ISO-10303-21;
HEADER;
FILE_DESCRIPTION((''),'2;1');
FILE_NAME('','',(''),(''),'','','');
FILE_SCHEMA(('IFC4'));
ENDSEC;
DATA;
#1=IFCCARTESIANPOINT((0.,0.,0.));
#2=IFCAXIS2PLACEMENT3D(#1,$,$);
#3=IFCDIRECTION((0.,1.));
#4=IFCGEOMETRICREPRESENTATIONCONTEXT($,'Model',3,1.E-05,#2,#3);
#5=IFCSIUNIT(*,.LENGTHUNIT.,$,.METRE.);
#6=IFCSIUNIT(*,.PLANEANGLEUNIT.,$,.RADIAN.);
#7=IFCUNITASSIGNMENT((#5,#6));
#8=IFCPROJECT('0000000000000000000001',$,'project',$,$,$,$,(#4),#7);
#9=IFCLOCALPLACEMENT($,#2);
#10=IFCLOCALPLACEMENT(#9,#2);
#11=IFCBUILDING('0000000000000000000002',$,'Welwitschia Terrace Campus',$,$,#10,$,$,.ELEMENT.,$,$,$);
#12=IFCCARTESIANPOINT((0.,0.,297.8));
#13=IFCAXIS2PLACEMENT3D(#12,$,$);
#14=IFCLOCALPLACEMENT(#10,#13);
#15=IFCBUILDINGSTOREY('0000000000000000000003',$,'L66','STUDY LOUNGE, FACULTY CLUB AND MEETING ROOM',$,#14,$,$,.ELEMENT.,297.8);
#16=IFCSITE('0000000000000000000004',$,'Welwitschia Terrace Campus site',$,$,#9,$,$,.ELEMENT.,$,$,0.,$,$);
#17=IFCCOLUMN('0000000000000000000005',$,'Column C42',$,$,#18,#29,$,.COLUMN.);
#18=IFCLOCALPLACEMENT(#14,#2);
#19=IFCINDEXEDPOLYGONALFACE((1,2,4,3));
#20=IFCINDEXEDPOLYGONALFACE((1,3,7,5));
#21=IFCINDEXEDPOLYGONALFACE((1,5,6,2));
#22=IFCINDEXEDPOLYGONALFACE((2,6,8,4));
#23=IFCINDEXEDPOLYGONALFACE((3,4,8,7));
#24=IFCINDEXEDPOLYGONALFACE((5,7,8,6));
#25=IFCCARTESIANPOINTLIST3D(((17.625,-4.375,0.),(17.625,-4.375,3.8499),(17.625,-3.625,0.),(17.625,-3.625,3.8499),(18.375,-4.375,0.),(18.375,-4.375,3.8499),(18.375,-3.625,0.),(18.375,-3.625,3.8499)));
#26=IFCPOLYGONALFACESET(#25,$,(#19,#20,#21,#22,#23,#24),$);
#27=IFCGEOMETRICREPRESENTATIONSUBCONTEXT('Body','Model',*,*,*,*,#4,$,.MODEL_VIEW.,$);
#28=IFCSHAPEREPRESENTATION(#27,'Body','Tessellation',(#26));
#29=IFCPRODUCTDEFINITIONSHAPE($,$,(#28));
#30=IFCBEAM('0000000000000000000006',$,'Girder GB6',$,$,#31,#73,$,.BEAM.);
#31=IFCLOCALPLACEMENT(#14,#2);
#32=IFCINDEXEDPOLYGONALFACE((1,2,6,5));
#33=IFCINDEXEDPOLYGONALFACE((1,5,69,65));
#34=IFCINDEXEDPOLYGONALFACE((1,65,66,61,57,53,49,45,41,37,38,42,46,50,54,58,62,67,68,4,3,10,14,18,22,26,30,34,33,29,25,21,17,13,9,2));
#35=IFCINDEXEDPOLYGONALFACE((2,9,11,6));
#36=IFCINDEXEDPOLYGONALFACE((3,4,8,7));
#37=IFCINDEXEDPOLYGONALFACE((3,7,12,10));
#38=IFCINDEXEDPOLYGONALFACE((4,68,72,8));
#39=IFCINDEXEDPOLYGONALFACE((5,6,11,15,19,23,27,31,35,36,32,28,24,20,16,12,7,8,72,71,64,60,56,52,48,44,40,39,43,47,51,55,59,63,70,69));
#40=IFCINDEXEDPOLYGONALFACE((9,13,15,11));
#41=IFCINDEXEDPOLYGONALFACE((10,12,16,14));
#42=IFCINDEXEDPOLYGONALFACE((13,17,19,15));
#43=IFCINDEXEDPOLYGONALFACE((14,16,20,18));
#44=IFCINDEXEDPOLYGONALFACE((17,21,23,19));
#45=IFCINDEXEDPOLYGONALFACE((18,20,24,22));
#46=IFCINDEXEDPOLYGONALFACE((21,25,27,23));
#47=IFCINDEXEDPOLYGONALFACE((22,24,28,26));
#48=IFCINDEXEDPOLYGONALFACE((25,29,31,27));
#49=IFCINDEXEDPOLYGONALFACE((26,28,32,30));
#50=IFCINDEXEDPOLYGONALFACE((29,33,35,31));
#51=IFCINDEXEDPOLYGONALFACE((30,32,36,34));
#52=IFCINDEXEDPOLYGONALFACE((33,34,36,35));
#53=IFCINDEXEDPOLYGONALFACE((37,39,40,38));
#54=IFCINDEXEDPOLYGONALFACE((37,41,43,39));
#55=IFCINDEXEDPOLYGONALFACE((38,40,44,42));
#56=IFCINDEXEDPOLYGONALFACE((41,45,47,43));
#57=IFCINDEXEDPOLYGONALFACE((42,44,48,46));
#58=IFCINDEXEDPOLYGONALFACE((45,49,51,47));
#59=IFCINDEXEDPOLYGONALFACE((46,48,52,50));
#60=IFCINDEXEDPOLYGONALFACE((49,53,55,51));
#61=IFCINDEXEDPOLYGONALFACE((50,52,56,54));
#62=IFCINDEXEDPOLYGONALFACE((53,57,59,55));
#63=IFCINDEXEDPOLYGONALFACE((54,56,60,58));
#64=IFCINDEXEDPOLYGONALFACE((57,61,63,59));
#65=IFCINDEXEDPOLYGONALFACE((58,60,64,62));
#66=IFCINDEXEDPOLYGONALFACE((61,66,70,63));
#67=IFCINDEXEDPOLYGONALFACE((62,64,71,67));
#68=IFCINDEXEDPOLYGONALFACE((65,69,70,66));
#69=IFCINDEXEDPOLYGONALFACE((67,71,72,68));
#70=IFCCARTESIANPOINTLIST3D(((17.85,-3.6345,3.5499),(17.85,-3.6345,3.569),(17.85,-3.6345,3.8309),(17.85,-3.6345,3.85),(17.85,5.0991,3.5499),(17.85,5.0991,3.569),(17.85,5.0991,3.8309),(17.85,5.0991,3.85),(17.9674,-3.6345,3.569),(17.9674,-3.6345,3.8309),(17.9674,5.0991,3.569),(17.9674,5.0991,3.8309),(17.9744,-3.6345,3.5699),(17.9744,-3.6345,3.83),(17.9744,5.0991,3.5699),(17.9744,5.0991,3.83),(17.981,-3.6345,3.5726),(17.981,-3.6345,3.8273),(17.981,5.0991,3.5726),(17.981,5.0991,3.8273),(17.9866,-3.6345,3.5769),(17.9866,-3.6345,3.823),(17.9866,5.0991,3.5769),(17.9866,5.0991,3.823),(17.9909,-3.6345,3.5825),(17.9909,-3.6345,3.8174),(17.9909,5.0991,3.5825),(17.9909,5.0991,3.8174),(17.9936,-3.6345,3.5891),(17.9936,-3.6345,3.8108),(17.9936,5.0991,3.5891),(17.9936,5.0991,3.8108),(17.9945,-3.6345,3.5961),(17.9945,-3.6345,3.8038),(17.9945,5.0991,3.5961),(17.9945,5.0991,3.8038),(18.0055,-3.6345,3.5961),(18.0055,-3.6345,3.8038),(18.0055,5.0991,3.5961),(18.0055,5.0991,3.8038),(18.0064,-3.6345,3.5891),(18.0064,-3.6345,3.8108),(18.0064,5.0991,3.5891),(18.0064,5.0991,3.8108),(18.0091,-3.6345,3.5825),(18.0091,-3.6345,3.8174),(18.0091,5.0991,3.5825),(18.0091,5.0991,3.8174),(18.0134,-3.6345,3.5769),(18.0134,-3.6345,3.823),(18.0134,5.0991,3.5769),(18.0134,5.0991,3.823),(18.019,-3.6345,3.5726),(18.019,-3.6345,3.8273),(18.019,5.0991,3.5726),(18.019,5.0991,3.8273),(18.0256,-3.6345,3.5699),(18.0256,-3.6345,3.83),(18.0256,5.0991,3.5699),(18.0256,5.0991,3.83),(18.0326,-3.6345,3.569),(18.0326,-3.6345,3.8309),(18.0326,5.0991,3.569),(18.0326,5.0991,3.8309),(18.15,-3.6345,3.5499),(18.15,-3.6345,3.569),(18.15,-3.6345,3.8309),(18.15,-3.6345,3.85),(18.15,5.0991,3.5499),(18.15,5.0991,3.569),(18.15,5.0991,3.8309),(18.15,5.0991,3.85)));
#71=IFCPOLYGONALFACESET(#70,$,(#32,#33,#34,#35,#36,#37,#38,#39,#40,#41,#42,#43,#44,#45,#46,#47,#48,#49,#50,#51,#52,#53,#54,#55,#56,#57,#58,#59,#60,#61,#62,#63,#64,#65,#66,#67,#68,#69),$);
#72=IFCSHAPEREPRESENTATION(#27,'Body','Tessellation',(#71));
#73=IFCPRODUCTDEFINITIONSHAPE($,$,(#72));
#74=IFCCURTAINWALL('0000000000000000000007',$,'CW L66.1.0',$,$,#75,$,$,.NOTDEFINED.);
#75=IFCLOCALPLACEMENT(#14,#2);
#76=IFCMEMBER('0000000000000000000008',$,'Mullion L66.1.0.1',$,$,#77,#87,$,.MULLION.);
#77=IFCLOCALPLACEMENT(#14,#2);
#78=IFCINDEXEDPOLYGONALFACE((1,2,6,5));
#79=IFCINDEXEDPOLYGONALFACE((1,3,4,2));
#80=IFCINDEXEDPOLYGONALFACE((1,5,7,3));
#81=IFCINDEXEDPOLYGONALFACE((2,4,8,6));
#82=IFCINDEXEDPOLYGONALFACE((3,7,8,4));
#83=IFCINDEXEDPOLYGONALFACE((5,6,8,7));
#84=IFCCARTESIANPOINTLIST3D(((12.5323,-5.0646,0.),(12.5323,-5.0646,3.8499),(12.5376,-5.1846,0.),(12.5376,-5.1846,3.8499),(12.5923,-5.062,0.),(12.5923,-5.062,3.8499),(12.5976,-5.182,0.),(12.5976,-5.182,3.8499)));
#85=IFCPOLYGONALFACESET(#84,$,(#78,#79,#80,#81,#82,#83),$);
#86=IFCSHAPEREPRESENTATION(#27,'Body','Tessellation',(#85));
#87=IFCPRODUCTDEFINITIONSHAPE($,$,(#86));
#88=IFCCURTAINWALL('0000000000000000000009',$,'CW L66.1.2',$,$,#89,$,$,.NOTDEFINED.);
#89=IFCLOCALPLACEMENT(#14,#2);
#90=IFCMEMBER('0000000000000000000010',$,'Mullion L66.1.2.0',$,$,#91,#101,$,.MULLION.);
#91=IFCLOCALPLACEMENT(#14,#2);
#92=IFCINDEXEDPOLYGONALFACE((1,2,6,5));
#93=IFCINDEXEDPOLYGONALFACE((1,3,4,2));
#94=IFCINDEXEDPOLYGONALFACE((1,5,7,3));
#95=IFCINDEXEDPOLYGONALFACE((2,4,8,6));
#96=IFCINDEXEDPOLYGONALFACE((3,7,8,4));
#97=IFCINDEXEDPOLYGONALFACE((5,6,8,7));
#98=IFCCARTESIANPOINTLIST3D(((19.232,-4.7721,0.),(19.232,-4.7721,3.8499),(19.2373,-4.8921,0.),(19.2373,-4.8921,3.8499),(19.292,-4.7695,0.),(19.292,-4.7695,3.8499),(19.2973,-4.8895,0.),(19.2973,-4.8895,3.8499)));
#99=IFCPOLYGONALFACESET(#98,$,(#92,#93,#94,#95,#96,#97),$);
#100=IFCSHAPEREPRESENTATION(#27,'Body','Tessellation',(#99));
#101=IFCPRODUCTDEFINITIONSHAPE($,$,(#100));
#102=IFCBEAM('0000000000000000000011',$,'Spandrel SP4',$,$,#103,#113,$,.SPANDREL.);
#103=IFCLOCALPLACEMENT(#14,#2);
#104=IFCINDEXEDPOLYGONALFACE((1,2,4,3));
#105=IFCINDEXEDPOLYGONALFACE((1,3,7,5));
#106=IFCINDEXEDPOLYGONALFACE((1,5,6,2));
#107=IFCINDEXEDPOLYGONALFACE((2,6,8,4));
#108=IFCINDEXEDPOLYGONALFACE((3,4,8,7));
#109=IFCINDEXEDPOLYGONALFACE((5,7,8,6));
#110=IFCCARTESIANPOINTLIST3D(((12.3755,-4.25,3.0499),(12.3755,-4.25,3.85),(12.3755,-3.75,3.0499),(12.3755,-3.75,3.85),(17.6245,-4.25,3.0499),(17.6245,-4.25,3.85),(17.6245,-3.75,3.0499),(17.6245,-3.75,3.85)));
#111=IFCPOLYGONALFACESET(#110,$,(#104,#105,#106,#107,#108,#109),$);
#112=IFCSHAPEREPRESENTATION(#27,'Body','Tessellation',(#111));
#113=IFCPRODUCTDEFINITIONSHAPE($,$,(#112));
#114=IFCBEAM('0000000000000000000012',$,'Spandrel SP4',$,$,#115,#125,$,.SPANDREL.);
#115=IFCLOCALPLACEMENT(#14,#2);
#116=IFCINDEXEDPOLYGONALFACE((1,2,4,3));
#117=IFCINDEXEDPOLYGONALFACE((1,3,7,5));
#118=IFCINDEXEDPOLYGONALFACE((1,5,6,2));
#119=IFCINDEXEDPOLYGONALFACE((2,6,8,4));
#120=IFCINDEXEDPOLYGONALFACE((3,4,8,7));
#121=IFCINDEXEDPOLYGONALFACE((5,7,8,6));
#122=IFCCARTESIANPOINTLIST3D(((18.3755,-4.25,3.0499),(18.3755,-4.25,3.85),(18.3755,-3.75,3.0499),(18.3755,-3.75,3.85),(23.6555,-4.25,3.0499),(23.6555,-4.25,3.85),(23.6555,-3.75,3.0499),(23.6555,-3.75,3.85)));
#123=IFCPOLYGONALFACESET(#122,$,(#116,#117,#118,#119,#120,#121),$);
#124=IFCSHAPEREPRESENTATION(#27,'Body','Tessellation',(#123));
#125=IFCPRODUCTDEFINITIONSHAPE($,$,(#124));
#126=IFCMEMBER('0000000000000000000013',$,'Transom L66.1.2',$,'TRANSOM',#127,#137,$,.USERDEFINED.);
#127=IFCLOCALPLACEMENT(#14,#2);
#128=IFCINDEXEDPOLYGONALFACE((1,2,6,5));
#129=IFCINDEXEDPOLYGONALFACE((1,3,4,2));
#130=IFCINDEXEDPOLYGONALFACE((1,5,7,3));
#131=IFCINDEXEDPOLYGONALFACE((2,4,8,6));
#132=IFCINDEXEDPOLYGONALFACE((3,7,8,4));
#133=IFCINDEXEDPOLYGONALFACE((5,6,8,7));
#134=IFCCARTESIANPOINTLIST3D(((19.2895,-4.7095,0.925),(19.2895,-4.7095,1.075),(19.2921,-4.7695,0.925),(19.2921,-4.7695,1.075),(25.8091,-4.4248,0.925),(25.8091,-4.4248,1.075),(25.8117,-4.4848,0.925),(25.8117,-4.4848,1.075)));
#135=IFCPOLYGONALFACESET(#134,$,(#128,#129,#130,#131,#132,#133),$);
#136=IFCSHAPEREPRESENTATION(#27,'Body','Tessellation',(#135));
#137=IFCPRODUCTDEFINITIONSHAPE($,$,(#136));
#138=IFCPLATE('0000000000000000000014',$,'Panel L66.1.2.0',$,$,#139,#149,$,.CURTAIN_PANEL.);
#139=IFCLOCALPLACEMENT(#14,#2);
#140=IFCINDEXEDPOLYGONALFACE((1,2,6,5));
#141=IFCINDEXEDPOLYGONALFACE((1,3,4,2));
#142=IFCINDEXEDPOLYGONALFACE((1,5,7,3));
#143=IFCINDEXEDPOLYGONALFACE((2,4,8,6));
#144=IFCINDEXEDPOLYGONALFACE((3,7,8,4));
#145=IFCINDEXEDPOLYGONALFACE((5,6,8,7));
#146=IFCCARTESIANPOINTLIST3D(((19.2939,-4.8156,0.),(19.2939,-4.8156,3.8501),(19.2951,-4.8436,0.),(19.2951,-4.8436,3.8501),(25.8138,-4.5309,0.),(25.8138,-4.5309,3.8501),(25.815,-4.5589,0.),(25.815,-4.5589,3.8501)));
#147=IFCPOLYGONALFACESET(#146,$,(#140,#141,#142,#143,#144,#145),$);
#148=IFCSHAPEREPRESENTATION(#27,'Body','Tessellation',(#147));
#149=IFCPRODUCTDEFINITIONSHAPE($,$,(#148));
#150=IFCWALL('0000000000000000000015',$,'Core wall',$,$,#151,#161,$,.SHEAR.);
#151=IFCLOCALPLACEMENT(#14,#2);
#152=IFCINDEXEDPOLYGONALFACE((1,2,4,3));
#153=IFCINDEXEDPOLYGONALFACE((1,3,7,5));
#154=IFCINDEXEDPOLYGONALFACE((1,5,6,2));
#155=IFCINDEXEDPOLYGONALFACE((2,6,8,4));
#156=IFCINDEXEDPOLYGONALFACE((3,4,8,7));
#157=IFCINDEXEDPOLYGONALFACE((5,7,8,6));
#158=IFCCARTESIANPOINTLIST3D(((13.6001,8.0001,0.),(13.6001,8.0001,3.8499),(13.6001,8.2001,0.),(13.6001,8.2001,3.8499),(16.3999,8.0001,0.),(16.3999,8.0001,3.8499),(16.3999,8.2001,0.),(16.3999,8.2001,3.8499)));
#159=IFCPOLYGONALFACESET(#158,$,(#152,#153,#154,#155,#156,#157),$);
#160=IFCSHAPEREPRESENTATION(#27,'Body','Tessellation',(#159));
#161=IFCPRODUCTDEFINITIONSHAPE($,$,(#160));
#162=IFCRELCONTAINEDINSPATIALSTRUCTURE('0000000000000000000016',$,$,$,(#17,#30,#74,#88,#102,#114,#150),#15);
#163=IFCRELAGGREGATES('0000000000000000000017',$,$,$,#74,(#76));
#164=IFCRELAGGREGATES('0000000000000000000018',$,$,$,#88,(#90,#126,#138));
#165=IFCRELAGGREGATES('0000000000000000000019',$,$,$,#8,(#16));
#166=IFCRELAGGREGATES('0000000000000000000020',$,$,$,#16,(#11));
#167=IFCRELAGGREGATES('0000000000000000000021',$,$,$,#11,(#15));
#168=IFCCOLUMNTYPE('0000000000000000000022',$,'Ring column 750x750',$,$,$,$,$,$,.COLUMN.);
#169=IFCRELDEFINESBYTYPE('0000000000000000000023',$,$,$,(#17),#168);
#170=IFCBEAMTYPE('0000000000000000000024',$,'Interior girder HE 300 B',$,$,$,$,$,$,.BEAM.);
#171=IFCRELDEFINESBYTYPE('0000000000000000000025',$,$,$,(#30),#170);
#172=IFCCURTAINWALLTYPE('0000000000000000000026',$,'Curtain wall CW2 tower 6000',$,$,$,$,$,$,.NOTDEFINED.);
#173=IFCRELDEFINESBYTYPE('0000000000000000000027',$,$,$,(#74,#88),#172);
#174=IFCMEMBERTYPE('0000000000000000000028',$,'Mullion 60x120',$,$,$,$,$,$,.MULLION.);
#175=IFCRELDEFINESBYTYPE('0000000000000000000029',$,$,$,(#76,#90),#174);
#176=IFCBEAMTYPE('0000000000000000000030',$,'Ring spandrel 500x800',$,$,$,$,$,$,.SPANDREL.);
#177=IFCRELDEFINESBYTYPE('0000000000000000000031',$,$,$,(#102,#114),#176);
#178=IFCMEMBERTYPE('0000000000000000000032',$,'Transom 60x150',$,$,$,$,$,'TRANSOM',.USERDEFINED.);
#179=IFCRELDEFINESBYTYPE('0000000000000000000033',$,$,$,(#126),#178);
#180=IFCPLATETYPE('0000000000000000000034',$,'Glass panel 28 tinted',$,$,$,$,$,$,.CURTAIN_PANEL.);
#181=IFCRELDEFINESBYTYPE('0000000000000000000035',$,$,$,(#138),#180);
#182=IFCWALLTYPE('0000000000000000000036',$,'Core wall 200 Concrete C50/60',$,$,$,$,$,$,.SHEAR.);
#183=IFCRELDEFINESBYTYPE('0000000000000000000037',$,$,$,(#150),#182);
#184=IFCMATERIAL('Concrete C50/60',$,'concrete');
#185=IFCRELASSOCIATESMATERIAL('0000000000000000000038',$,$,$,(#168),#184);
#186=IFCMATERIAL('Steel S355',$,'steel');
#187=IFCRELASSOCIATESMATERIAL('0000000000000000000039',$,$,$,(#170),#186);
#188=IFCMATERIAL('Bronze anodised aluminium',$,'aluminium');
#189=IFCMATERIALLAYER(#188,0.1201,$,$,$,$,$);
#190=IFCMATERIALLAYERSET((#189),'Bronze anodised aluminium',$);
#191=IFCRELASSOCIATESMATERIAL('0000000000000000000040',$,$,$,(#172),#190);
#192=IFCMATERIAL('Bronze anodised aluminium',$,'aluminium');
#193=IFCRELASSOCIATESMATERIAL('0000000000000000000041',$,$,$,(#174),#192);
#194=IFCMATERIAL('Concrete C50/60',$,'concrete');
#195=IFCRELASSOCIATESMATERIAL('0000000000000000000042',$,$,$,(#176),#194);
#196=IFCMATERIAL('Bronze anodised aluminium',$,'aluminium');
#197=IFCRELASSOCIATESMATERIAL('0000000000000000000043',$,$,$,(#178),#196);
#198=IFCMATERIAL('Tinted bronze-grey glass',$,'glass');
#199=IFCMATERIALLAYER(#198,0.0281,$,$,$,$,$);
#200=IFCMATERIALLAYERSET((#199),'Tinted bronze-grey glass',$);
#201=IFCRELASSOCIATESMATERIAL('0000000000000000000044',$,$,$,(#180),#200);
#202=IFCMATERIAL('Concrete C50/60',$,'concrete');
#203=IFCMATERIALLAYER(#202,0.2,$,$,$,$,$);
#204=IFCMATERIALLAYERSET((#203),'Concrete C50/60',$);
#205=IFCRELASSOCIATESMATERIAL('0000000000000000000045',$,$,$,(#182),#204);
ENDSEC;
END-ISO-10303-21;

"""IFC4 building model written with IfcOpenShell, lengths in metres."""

from ifc_helpers import new_model, si_unit, direction, frame, frame_2d, origin, origin_2d, place, context, subcontext, project, spatial, rectangle, i_section, extrude, material, layer, layer_set, material_profile, profile_set, type_object, element, aggregate, save


model = new_model("IFC4")

# Units and contexts
model_context = context("Model", 3, precision=1e-05, world=origin(), true_north=direction((0.0, 1.0)))
body_context = subcontext(model_context, "Body", "Model", "MODEL_VIEW")
ifc_project = project(units=[si_unit("LENGTHUNIT", "METRE"), si_unit("PLANEANGLEUNIT", "RADIAN")], contexts=[model_context])

# Site, building, storey
site_placement = place(None, origin())
site = spatial("IfcSite", under=ifc_project, at=site_placement, Name="Welwitschia Terrace Campus site", CompositionType="ELEMENT", RefElevation=0.0)
building_placement = place(site_placement, origin())
building = spatial("IfcBuilding", under=site, at=building_placement, Name="Welwitschia Terrace Campus", CompositionType="ELEMENT")
storey_placement = place(building_placement, frame((0.0, 0.0, 297.8)))
storey = spatial("IfcBuildingStorey", under=building, at=storey_placement, Name="L66", Description="STUDY LOUNGE, FACULTY CLUB AND MEETING ROOM", CompositionType="ELEMENT", Elevation=297.8)

# Column
ifc_material_1 = material(Name="Concrete C50/60", Category="concrete")
ifc_material_profile_1 = material_profile(ifc_material_1, rectangle(XDim=0.75, YDim=0.75, at=origin_2d()))
ifc_profile_set_1 = profile_set([ifc_material_profile_1], Name="Concrete C50/60")
column_type = type_object("IfcColumnType", Name="Ring column 750x750", PredefinedType="COLUMN", material=ifc_profile_set_1)
column_placement = place(storey_placement, frame((18.0, -4.0, 0.0), z_axis=(0.0, 0.0, 1.0), x_axis=(1.0, 0.0, 0.0)))
element("IfcColumn", 1, at=column_placement, inside=storey, type_object=column_type, Name="Column C42", PredefinedType="COLUMN", context=body_context, shape_type="SweptSolid", body=[
    extrude(rectangle(XDim=0.75, YDim=0.75, at=origin_2d()), origin(), (0.0, 0.0, 1.0), 3.8499),
])

# Beam
ifc_material_2 = material(Name="Steel S355", Category="steel")
ifc_material_profile_2 = material_profile(ifc_material_2, i_section(OverallWidth=0.3, OverallDepth=0.3, WebThickness=0.011, FlangeThickness=0.019, FilletRadius=0.0271, at=origin_2d()))
ifc_profile_set_2 = profile_set([ifc_material_profile_2], Name="Steel S355")
beam_type_1 = type_object("IfcBeamType", Name="Interior girder HE 300 B", PredefinedType="BEAM", material=ifc_profile_set_2)
beam_1_placement = place(storey_placement, frame((18.0, -3.6345, 3.7), z_axis=(0.0, 1.0, 0.0), x_axis=(-1.0, 0.0, 0.0)))
element("IfcBeam", 2, at=beam_1_placement, inside=storey, type_object=beam_type_1, Name="Girder GB6", PredefinedType="BEAM", context=body_context, shape_type="SweptSolid", body=[
    extrude(i_section(OverallWidth=0.3, OverallDepth=0.3, WebThickness=0.011, FlangeThickness=0.019, FilletRadius=0.0271, at=origin_2d()), origin(), (0.0, 0.0, 1.0), 8.7336),
])

# Curtain walls, members
ifc_material_3 = material(Name="Bronze anodised aluminium", Category="aluminium")
ifc_layer_1 = layer(ifc_material_3, 0.1201)
ifc_layer_set_1 = layer_set([ifc_layer_1], Name="Bronze anodised aluminium")
curtain_wall_type = type_object("IfcCurtainWallType", Name="Curtain wall CW2 tower 6000", PredefinedType="NOTDEFINED", material=ifc_layer_set_1)
curtain_wall_1_placement = place(storey_placement, origin())
curtain_wall_1 = element("IfcCurtainWall", 3, at=curtain_wall_1_placement, inside=storey, type_object=curtain_wall_type, Name="CW L66.1.0", PredefinedType="NOTDEFINED")
ifc_material_4 = material(Name="Bronze anodised aluminium", Category="aluminium")
ifc_material_profile_3 = material_profile(ifc_material_4, rectangle(XDim=0.1201, YDim=0.0601, at=origin_2d()))
ifc_profile_set_3 = profile_set([ifc_material_profile_3], Name="Bronze anodised aluminium")
member_type_1 = type_object("IfcMemberType", Name="Mullion 60x120", PredefinedType="MULLION", material=ifc_profile_set_3)
member_1_placement = place(storey_placement, frame((12.5649, -5.1233, 0.0), z_axis=(0.0, 0.0, 1.0), x_axis=(-0.043619, 0.999048, 0.0)))
member_1 = element("IfcMember", 4, at=member_1_placement, type_object=member_type_1, Name="Mullion L66.1.0.1", PredefinedType="MULLION", context=body_context, shape_type="SweptSolid", body=[
    extrude(rectangle(XDim=0.1201, YDim=0.0601, at=origin_2d()), origin(), (0.0, 0.0, 1.0), 3.8499),
])
aggregate(curtain_wall_1, [member_1])
curtain_wall_2_placement = place(storey_placement, origin())
curtain_wall_2 = element("IfcCurtainWall", 5, at=curtain_wall_2_placement, inside=storey, type_object=curtain_wall_type, Name="CW L66.1.2", PredefinedType="NOTDEFINED")
member_2_placement = place(storey_placement, frame((19.2646, -4.8308, 0.0), z_axis=(0.0, 0.0, 1.0), x_axis=(-0.043619, 0.999048, 0.0)))
member_2 = element("IfcMember", 6, at=member_2_placement, type_object=member_type_1, Name="Mullion L66.1.2.0", PredefinedType="MULLION", context=body_context, shape_type="SweptSolid", body=[
    extrude(rectangle(XDim=0.1201, YDim=0.0601, at=origin_2d()), origin(), (0.0, 0.0, 1.0), 3.8499),
])

# Beams
ifc_material_5 = material(Name="Concrete C50/60", Category="concrete")
ifc_material_profile_4 = material_profile(ifc_material_5, rectangle(XDim=0.5, YDim=0.8, at=origin_2d()))
ifc_profile_set_4 = profile_set([ifc_material_profile_4], Name="Concrete C50/60")
beam_type_2 = type_object("IfcBeamType", Name="Ring spandrel 500x800", PredefinedType="SPANDREL", material=ifc_profile_set_4)
beam_2_placement = place(storey_placement, frame((12.3755, -4.0, 3.45), z_axis=(1.0, 0.0, 0.0), x_axis=(0.0, 1.0, 0.0)))
element("IfcBeam", 7, at=beam_2_placement, inside=storey, type_object=beam_type_2, Name="Spandrel SP4", PredefinedType="SPANDREL", context=body_context, shape_type="SweptSolid", body=[
    extrude(rectangle(XDim=0.5, YDim=0.8, at=origin_2d()), origin(), (0.0, 0.0, 1.0), 5.249),
])
beam_3_placement = place(storey_placement, frame((18.3755, -4.0, 3.45), z_axis=(1.0, 0.0, 0.0), x_axis=(0.0, 1.0, 0.0)))
element("IfcBeam", 8, at=beam_3_placement, inside=storey, type_object=beam_type_2, Name="Spandrel SP4", PredefinedType="SPANDREL", context=body_context, shape_type="SweptSolid", body=[
    extrude(rectangle(XDim=0.5, YDim=0.8, at=origin_2d()), origin(), (0.0, 0.0, 1.0), 5.28),
])

# Member
ifc_material_6 = material(Name="Bronze anodised aluminium", Category="aluminium")
ifc_material_profile_5 = material_profile(ifc_material_6, rectangle(XDim=0.0601, YDim=0.1499, at=origin_2d()))
ifc_profile_set_5 = profile_set([ifc_material_profile_5], Name="Bronze anodised aluminium")
member_type_2 = type_object("IfcMemberType", Name="Transom 60x150", ElementType="TRANSOM", PredefinedType="USERDEFINED", material=ifc_profile_set_5)
member_3_placement = place(storey_placement, frame((19.2908, -4.7395, 1.0), z_axis=(0.999048, 0.043621, 0.0), x_axis=(-0.043621, 0.999048, 0.0)))
member_3 = element("IfcMember", 9, at=member_3_placement, type_object=member_type_2, Name="Transom L66.1.2", ObjectType="TRANSOM", PredefinedType="USERDEFINED", context=body_context, shape_type="SweptSolid", body=[
    extrude(rectangle(XDim=0.0601, YDim=0.1499, at=origin_2d()), origin(), (0.0, 0.0, 1.0), 6.5259),
])

# Plate
ifc_material_7 = material(Name="Tinted bronze-grey glass", Category="glass")
ifc_layer_2 = layer(ifc_material_7, 0.0281)
ifc_layer_set_2 = layer_set([ifc_layer_2], Name="Tinted bronze-grey glass")
plate_type = type_object("IfcPlateType", Name="Glass panel 28 tinted", PredefinedType="CURTAIN_PANEL", material=ifc_layer_set_2)
plate_placement = place(storey_placement, frame((22.5544, -4.6873, 0.0), z_axis=(0.0, 0.0, 1.0), x_axis=(0.999048, 0.043619, 0.0)))
plate = element("IfcPlate", 10, at=plate_placement, type_object=plate_type, Name="Panel L66.1.2.0", PredefinedType="CURTAIN_PANEL", context=body_context, shape_type="SweptSolid", body=[
    extrude(rectangle(XDim=6.5261, YDim=0.0281, at=origin_2d()), origin(), (0.0, 0.0, 1.0), 3.8501),
])
aggregate(curtain_wall_2, [member_2, member_3, plate])

# Wall
ifc_material_8 = material(Name="Concrete C50/60", Category="concrete")
ifc_layer_3 = layer(ifc_material_8, 0.2)
ifc_layer_set_3 = layer_set([ifc_layer_3], Name="Concrete C50/60")
wall_type_1 = type_object("IfcWallType", Name="Core wall 200 Concrete C50/60", PredefinedType="SHEAR", material=ifc_layer_set_3)
wall_1_placement = place(storey_placement, frame((13.6001, 8.1001, 0.0), z_axis=(0.0, 0.0, 1.0), x_axis=(1.0, 0.0, 0.0)))
element("IfcWall", 11, at=wall_1_placement, inside=storey, type_object=wall_type_1, Name="Core wall", PredefinedType="SHEAR", context=body_context, shape_type="SweptSolid", body=[
    extrude(rectangle(XDim=2.7998, YDim=0.2, at=frame_2d((1.3999, 0.0))), origin(), (0.0, 0.0, 1.0), 3.8499),
])

save(model, "model.ifc")
